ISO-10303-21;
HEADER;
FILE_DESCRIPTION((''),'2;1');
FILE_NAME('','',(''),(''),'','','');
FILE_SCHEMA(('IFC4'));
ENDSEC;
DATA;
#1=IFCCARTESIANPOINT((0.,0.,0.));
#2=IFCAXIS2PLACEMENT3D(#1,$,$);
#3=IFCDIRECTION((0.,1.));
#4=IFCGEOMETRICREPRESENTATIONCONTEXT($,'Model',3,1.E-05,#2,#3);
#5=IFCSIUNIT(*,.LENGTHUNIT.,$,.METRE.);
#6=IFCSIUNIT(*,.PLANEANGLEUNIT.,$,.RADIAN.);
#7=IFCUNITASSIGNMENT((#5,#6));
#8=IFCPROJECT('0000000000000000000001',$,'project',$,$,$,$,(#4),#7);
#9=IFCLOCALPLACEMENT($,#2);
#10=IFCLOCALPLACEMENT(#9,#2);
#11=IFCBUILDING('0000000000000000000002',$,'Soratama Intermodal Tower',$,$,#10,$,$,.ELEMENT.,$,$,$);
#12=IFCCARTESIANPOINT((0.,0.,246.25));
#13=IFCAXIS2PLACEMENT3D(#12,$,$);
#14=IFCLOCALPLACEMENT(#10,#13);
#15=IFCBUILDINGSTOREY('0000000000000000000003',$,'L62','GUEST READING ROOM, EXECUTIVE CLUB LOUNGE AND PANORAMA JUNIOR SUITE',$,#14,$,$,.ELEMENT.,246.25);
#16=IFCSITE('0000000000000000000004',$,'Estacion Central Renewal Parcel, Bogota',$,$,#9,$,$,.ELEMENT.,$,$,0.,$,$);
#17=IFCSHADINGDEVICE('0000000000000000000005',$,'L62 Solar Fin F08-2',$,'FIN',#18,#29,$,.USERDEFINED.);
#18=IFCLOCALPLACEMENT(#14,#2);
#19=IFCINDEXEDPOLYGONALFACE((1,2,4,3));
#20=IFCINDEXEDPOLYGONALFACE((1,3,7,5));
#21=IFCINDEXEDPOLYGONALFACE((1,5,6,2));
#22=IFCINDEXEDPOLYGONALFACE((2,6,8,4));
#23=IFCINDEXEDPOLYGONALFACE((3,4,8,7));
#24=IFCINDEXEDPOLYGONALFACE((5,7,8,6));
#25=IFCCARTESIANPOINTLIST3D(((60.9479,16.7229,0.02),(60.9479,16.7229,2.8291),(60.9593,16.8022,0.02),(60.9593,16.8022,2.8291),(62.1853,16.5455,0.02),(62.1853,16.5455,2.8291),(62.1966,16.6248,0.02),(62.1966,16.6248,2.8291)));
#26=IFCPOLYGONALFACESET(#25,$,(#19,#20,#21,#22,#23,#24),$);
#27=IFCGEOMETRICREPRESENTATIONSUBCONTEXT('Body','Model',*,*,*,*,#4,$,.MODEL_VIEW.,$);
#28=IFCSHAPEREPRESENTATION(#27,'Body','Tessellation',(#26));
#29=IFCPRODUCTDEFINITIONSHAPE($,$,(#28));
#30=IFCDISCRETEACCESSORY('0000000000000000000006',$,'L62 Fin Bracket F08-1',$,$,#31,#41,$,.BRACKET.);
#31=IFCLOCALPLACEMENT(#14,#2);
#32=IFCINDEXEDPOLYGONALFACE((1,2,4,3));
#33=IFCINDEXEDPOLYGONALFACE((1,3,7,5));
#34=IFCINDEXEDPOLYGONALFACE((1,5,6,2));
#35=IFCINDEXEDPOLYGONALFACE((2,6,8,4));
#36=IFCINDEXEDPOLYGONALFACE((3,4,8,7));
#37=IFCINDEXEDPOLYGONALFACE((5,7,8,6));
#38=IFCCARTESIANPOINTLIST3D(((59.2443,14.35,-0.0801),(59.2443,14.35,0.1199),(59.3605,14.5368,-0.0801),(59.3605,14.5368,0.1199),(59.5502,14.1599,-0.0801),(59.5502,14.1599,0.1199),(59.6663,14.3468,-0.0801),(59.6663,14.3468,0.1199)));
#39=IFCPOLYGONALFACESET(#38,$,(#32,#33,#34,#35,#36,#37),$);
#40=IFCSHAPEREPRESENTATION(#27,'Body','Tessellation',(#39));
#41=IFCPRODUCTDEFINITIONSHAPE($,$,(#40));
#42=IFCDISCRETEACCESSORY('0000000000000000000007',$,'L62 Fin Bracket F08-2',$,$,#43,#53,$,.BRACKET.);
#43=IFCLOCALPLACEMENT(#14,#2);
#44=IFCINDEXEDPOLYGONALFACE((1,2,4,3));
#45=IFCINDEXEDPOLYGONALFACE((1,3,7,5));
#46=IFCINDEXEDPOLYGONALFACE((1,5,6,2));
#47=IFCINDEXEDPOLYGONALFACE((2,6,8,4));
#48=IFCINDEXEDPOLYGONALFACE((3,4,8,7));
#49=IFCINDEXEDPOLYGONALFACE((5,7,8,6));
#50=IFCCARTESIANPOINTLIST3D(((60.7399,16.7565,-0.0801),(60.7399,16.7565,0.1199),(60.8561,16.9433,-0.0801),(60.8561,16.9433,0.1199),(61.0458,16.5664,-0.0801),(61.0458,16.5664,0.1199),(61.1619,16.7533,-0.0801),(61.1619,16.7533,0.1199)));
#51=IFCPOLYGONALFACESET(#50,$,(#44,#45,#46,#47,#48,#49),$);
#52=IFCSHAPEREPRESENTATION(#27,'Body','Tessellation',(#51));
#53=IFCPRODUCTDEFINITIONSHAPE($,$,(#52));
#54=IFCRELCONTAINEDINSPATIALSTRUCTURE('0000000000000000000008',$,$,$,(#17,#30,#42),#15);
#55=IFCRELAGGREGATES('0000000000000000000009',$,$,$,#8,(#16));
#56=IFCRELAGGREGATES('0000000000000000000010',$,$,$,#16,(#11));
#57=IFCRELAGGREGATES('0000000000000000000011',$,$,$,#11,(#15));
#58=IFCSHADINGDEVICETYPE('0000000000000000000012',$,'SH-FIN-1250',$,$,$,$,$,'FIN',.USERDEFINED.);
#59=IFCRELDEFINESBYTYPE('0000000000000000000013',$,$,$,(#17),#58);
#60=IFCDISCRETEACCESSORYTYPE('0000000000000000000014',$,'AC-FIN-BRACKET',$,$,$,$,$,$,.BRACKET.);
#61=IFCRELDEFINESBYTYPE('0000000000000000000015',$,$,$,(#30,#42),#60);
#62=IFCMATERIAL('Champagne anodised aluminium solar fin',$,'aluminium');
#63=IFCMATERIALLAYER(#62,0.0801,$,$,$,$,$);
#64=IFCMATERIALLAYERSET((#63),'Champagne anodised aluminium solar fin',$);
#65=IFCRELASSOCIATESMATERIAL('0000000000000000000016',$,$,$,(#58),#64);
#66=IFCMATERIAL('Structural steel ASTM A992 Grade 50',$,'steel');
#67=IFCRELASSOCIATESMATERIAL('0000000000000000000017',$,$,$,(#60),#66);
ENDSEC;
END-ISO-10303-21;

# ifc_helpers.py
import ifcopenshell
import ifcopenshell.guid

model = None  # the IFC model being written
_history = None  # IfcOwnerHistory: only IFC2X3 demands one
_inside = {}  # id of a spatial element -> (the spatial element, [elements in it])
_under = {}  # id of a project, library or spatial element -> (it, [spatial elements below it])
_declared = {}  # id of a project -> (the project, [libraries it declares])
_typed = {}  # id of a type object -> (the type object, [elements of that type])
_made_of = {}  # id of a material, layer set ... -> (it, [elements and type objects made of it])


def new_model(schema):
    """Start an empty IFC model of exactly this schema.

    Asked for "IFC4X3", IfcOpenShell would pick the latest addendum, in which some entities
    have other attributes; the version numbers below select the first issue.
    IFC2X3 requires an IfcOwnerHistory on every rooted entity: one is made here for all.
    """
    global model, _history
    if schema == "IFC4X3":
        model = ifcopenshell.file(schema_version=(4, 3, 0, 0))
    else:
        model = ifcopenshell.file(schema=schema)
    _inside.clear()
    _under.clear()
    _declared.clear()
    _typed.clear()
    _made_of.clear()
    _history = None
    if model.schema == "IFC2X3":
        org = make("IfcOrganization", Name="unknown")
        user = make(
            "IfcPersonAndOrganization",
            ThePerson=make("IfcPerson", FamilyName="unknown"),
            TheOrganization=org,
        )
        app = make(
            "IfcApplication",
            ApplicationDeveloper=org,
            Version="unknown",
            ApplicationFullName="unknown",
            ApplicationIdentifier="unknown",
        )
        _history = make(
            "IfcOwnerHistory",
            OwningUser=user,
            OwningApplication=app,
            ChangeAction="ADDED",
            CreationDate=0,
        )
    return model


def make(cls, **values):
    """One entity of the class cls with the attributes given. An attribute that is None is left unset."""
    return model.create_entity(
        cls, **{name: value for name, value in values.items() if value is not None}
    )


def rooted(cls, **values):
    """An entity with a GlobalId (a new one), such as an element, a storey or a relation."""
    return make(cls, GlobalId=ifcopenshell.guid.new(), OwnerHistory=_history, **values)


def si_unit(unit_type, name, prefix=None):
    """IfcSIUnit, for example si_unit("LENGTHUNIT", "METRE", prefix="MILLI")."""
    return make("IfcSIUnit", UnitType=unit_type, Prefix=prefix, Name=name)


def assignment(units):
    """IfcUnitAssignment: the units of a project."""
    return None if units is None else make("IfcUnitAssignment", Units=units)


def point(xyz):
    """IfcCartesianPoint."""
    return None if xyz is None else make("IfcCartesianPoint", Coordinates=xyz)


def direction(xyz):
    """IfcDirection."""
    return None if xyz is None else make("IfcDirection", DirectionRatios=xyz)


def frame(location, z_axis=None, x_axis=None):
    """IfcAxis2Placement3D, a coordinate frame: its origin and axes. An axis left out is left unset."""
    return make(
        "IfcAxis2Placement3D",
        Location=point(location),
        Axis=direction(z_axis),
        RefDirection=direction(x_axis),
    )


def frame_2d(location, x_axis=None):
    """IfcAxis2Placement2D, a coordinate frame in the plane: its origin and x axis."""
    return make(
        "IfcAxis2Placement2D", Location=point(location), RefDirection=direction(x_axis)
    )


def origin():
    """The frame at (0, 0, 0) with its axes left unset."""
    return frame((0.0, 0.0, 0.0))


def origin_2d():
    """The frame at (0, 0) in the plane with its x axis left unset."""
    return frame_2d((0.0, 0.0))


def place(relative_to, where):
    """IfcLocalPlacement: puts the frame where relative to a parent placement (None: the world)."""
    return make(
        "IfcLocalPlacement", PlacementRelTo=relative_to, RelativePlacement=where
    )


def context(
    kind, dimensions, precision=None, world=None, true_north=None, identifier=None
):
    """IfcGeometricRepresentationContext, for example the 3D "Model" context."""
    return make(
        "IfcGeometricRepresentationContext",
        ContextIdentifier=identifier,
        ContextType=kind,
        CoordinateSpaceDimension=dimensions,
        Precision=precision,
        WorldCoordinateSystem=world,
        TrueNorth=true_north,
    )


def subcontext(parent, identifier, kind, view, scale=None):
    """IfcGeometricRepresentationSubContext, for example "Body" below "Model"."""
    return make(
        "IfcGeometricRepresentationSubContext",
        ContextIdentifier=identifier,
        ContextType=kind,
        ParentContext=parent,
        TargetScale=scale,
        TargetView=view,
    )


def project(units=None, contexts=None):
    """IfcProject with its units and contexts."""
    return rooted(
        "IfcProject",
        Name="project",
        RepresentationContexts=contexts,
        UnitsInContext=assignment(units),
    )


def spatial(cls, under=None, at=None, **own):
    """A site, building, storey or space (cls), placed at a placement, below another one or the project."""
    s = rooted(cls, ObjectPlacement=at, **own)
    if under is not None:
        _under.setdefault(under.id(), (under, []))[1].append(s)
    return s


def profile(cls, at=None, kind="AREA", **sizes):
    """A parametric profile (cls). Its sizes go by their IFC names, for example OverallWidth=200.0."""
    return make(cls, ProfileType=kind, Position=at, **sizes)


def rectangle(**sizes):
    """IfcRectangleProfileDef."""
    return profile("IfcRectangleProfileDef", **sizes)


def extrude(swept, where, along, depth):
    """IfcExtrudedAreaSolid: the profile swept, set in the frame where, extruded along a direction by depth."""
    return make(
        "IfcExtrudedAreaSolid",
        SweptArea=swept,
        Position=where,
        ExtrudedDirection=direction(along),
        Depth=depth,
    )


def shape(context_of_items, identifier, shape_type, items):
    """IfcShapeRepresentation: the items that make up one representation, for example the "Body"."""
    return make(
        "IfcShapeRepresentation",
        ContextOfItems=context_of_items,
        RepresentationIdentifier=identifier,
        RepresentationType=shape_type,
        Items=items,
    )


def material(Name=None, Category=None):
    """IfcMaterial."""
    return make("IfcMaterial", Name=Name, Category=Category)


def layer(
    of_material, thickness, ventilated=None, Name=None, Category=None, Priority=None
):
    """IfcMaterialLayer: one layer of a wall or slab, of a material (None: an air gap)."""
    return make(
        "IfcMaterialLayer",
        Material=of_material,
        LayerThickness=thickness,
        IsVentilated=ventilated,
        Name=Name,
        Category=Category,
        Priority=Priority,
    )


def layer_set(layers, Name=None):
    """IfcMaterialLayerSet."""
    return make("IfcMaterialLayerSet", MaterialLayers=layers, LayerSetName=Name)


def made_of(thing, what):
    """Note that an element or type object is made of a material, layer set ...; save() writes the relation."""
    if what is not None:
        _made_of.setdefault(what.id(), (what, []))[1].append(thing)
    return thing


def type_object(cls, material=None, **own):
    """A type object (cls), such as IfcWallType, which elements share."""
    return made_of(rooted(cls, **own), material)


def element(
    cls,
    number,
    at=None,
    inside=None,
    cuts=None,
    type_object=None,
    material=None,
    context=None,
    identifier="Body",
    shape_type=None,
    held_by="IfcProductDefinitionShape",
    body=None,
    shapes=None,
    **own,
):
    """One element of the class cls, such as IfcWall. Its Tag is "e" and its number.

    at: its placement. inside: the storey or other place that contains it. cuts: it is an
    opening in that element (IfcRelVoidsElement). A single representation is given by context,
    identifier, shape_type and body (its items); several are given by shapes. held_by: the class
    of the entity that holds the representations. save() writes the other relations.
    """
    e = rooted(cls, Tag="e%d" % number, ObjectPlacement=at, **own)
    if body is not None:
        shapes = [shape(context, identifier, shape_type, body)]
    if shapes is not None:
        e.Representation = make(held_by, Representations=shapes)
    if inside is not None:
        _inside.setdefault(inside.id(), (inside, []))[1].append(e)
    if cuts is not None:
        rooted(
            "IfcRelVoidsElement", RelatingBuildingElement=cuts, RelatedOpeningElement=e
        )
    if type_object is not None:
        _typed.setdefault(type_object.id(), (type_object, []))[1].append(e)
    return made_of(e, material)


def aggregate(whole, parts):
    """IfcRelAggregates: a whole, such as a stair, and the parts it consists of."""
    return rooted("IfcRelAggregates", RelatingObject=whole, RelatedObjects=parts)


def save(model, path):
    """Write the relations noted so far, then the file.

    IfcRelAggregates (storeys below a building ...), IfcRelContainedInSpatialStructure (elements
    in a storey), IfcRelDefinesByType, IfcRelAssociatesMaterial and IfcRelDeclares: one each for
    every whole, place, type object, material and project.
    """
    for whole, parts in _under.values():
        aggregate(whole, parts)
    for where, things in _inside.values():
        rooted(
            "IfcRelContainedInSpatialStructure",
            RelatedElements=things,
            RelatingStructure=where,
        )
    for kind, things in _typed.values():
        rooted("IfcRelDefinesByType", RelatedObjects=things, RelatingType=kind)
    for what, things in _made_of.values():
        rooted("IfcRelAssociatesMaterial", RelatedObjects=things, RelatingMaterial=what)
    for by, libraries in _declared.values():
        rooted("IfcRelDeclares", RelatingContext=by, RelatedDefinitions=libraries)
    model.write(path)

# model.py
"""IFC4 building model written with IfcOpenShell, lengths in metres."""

from ifc_helpers import new_model, si_unit, direction, frame, origin, origin_2d, place, context, subcontext, project, spatial, rectangle, extrude, material, layer, layer_set, type_object, element, save


model = new_model("IFC4")

# Units and contexts
model_context = context("Model", 3, precision=1e-05, world=origin(), true_north=direction((0.0, 1.0)))
body_context = subcontext(model_context, "Body", "Model", "MODEL_VIEW")
ifc_project = project(units=[si_unit("LENGTHUNIT", "METRE"), si_unit("PLANEANGLEUNIT", "RADIAN")], contexts=[model_context])

# Site, building, storey
site_placement = place(None, origin())
site = spatial("IfcSite", under=ifc_project, at=site_placement, Name="Estacion Central Renewal Parcel, Bogota", CompositionType="ELEMENT", RefElevation=0.0)
building_placement = place(site_placement, origin())
building = spatial("IfcBuilding", under=site, at=building_placement, Name="Soratama Intermodal Tower", CompositionType="ELEMENT")
storey_placement = place(building_placement, frame((0.0, 0.0, 246.25)))
storey = spatial("IfcBuildingStorey", under=building, at=storey_placement, Name="L62", Description="GUEST READING ROOM, EXECUTIVE CLUB LOUNGE AND PANORAMA JUNIOR SUITE", CompositionType="ELEMENT", Elevation=246.25)

# Shading device
ifc_material_1 = material(Name="Champagne anodised aluminium solar fin", Category="aluminium")
ifc_layer_1 = layer(ifc_material_1, 0.0801)
ifc_layer_set_1 = layer_set([ifc_layer_1], Name="Champagne anodised aluminium solar fin")
shading_device_type = type_object("IfcShadingDeviceType", Name="SH-FIN-1250", ElementType="FIN", PredefinedType="USERDEFINED", material=ifc_layer_set_1)
for number, where, z_axis, x_axis, name in (
    (1, (61.5723, 16.6738, 0.02), (0.0, 0.0, 1.0), (0.989876, -0.141938, 0.0), "L62 Solar Fin F08-2"),
):
    element("IfcShadingDevice", number, at=place(storey_placement, frame(where, z_axis=z_axis, x_axis=x_axis)), inside=storey, type_object=shading_device_type, Name=name, ObjectType="FIN", PredefinedType="USERDEFINED", context=body_context, shape_type="SweptSolid", body=[
        extrude(rectangle(XDim=1.25, YDim=0.0801, at=origin_2d()), origin(), (0.0, 0.0, 1.0), 2.8091),
    ])

# Discrete accessories
ifc_material_2 = material(Name="Structural steel ASTM A992 Grade 50", Category="steel")
discrete_accessory_type = type_object("IfcDiscreteAccessoryType", Name="AC-FIN-BRACKET", PredefinedType="BRACKET", material=ifc_material_2)
for number, where, z_axis, x_axis, name in (
    (2, (59.4553, 14.3484, -0.0801), (0.0, 0.0, 1.0), (0.84934, -0.527846, 0.0), "L62 Fin Bracket F08-1"),
    (3, (60.9509, 16.7549, -0.0801), (0.0, 0.0, 1.0), (0.84934, -0.527846, 0.0), "L62 Fin Bracket F08-2"),
):
    element("IfcDiscreteAccessory", number, at=place(storey_placement, frame(where, z_axis=z_axis, x_axis=x_axis)), inside=storey, type_object=discrete_accessory_type, Name=name, PredefinedType="BRACKET", context=body_context, shape_type="SweptSolid", body=[
        extrude(rectangle(XDim=0.3601, YDim=0.22, at=origin_2d()), origin(), (0.0, 0.0, 1.0), 0.2),
    ])

save(model, "model.ifc")
